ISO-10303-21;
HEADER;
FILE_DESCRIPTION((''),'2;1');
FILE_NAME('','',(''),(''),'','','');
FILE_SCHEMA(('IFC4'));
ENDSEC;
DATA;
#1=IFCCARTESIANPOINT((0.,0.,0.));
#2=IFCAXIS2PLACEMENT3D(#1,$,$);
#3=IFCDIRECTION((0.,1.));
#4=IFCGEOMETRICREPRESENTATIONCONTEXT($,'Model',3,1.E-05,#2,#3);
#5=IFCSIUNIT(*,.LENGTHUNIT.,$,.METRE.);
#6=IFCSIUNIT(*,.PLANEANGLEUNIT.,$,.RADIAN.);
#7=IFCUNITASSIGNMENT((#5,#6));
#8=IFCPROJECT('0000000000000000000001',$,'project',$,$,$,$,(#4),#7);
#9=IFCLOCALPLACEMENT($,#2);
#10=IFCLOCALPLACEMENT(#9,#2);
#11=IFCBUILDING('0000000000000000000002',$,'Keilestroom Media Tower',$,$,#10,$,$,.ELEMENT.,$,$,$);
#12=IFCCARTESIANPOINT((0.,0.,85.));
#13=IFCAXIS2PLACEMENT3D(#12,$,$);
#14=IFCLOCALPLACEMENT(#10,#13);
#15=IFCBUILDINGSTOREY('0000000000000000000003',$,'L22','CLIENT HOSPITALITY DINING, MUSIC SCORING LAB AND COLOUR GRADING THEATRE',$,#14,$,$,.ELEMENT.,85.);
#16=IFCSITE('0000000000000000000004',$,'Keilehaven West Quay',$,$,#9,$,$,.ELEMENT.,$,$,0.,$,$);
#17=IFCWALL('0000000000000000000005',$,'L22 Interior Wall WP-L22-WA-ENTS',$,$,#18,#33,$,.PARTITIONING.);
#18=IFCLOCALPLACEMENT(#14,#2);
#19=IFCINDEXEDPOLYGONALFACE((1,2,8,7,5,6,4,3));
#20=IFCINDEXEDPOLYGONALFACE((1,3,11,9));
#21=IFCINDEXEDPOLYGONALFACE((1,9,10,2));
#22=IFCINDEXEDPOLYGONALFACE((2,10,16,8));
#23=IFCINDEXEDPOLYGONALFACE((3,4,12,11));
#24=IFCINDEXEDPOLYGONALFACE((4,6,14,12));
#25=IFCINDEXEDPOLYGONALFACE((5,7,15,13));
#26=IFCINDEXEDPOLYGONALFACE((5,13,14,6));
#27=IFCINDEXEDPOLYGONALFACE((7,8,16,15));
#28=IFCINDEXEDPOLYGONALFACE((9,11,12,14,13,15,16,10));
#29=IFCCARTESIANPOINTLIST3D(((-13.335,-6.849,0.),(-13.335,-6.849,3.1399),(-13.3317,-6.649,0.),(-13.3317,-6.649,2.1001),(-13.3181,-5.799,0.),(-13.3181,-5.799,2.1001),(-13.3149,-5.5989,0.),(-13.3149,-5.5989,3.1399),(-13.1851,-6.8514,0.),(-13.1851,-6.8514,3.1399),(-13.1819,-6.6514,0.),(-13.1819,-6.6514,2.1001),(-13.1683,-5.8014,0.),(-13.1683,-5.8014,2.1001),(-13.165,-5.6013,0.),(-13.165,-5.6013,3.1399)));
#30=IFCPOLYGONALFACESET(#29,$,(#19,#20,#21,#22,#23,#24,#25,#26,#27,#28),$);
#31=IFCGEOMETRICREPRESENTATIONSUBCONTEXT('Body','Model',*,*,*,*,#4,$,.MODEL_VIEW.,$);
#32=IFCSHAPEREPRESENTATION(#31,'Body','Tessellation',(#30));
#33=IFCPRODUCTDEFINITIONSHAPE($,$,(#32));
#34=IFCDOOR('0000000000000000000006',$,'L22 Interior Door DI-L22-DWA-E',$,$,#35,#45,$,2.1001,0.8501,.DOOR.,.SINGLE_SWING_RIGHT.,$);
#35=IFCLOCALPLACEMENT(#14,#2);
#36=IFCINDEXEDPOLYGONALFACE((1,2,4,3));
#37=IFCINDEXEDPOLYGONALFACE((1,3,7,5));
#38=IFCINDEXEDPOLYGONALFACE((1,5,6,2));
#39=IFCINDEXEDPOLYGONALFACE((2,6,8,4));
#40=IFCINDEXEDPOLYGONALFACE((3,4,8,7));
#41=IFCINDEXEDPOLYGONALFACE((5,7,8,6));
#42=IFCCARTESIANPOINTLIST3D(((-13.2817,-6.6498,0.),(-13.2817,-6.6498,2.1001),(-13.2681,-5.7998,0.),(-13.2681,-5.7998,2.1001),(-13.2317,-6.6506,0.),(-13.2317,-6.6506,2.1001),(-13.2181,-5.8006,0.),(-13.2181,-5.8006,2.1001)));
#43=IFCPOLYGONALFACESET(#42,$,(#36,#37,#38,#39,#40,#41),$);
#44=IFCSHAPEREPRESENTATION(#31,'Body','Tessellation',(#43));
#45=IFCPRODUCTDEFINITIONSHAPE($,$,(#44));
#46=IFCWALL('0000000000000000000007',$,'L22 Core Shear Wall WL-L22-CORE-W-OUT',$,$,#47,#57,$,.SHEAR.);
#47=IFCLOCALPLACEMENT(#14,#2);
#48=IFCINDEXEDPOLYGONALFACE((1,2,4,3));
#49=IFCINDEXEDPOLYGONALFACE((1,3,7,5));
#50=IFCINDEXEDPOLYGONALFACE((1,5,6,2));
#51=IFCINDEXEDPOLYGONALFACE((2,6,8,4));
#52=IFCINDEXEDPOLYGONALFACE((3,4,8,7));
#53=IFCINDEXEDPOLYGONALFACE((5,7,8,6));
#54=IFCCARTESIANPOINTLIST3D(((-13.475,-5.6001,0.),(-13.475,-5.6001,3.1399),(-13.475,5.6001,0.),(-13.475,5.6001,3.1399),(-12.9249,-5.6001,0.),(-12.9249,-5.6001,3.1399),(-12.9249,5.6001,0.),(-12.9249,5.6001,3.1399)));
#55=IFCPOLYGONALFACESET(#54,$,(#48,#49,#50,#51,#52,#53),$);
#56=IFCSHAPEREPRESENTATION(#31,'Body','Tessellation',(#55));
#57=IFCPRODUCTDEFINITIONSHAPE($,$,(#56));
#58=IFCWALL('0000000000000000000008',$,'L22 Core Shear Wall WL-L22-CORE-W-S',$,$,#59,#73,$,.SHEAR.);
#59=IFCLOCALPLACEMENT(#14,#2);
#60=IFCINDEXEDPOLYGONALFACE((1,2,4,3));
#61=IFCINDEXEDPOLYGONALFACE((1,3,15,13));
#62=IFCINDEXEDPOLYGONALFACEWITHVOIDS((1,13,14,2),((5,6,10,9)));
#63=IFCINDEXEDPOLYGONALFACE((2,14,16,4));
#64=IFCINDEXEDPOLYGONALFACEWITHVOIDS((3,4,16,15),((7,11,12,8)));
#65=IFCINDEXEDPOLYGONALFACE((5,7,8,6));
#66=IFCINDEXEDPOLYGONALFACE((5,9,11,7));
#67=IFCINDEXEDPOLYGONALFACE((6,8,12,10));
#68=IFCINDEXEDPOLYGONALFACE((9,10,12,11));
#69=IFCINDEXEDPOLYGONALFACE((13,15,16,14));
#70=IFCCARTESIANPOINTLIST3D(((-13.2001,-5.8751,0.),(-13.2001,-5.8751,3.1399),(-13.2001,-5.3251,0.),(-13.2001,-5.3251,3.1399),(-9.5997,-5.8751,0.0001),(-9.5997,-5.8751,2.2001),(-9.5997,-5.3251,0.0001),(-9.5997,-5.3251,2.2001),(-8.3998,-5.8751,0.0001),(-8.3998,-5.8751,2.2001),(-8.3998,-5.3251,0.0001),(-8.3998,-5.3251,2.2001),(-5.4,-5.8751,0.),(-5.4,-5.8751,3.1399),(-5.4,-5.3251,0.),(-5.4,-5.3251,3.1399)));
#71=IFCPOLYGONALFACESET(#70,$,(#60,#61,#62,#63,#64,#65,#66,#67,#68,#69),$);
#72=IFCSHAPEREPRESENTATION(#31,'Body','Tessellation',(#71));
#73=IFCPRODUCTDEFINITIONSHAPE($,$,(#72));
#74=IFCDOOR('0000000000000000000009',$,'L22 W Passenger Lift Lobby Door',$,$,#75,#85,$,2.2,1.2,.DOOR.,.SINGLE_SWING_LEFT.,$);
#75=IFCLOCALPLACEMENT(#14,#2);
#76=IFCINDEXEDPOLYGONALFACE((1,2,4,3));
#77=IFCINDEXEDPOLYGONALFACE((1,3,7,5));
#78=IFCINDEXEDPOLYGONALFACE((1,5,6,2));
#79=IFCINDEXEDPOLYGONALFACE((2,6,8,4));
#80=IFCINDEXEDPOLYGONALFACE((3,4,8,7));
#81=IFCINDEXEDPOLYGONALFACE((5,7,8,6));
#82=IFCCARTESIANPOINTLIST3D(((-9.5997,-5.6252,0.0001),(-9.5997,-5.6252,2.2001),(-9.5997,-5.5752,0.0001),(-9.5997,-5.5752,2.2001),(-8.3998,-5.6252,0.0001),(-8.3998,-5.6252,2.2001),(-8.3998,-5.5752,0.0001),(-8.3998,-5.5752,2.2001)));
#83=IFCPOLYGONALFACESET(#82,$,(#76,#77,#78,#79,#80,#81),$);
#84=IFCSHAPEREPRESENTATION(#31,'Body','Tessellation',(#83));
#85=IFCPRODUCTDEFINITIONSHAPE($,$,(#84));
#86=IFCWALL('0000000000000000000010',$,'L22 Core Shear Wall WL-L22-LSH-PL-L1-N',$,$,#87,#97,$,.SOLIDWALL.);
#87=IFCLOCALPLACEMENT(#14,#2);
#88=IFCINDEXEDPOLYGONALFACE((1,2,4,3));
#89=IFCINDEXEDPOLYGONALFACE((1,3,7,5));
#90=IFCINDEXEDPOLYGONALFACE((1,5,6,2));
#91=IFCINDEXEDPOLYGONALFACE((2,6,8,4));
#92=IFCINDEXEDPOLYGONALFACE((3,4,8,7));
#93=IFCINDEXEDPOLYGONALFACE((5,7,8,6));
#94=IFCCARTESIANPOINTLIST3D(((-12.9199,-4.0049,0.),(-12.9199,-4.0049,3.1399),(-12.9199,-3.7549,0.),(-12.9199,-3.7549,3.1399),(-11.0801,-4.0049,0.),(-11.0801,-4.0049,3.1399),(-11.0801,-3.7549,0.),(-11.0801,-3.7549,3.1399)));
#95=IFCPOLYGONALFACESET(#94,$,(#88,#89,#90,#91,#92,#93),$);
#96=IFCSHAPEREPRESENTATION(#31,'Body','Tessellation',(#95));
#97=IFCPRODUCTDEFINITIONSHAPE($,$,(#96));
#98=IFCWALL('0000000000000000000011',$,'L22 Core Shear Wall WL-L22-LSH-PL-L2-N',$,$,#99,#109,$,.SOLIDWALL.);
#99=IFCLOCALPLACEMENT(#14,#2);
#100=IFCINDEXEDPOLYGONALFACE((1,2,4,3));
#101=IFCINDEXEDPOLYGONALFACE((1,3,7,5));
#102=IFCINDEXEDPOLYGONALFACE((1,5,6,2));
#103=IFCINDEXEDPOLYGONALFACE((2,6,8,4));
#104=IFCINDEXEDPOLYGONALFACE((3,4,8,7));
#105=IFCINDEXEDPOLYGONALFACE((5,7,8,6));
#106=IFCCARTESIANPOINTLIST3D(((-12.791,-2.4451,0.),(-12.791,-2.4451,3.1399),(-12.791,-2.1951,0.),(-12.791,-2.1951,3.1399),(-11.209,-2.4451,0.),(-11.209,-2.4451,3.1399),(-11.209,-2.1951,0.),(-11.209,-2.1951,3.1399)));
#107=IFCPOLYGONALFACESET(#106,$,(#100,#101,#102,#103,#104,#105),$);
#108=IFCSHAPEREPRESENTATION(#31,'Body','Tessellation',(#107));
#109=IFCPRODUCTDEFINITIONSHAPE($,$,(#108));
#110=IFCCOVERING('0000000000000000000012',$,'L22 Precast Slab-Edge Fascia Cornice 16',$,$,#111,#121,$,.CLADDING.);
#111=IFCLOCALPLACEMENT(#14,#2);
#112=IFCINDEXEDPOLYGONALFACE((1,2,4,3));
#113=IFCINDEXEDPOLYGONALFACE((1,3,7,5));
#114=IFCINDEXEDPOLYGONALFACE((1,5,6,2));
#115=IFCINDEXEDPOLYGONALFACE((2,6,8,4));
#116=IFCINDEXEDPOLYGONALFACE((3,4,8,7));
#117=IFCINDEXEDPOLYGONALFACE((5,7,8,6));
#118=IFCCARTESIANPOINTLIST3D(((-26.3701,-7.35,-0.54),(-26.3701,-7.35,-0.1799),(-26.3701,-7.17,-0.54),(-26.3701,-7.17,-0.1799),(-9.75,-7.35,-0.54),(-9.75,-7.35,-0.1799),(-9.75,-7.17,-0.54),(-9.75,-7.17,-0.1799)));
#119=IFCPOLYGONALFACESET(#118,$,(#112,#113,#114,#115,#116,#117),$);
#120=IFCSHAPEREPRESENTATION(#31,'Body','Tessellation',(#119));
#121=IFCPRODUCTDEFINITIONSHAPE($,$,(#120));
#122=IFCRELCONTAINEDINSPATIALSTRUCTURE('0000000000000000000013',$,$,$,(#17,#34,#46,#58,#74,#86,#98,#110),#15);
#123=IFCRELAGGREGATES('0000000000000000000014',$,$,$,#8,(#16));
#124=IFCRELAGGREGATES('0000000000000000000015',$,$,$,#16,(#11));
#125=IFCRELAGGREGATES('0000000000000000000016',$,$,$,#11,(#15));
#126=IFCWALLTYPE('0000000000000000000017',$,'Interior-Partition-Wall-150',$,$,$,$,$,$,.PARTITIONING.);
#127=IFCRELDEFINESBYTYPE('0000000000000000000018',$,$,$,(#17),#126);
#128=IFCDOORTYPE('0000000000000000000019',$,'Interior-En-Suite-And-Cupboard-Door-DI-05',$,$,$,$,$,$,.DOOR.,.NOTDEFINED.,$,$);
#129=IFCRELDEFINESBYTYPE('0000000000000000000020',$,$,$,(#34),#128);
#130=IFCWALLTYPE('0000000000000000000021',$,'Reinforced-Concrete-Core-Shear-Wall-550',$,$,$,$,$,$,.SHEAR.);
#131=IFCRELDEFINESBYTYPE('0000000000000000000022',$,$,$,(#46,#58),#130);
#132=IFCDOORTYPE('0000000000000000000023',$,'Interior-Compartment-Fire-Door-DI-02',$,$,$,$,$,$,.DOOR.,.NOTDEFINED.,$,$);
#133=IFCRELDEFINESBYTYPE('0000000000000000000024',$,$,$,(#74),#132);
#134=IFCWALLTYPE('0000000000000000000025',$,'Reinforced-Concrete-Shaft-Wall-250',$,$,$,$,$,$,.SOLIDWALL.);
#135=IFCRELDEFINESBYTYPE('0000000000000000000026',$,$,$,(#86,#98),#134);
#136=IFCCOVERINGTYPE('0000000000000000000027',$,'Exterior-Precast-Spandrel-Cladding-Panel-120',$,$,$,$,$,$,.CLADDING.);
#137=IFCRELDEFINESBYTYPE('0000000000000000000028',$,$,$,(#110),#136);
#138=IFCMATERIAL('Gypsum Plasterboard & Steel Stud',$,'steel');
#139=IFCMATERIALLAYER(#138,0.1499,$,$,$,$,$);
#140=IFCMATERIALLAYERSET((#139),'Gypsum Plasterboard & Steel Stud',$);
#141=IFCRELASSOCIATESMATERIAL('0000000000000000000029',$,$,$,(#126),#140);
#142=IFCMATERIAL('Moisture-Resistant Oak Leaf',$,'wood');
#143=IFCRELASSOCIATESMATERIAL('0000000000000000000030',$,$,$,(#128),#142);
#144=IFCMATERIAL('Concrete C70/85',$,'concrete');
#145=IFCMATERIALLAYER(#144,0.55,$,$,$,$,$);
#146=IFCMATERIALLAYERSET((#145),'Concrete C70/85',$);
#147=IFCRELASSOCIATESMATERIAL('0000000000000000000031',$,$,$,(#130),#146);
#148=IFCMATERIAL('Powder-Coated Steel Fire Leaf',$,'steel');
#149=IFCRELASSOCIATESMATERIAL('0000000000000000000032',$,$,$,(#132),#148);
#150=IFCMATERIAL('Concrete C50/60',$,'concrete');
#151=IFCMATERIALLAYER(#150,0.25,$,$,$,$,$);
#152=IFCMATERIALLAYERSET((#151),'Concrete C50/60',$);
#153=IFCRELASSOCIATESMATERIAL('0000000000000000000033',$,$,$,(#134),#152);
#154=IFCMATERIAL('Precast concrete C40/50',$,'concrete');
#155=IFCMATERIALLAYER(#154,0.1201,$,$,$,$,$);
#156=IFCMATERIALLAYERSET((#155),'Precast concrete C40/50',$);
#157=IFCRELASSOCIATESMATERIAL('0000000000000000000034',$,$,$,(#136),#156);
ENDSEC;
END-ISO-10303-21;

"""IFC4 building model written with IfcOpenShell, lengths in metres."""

from ifc_helpers import new_model, si_unit, direction, frame, frame_2d, origin, origin_2d, place, context, subcontext, project, spatial, rectangle, extrude, source, transform, mapped, material, layer, layer_set, type_object, element, fill, save


model = new_model("IFC4")

# Units and contexts
model_context = context("Model", 3, precision=1e-05, world=origin(), true_north=direction((0.0, 1.0)))
body_context = subcontext(model_context, "Body", "Model", "MODEL_VIEW")
ifc_project = project(units=[si_unit("LENGTHUNIT", "METRE"), si_unit("PLANEANGLEUNIT", "RADIAN")], contexts=[model_context])

# Site, building, storey
site_placement = place(None, origin())
site = spatial("IfcSite", under=ifc_project, at=site_placement, Name="Keilehaven West Quay", CompositionType="ELEMENT", RefElevation=0.0)
building_placement = place(site_placement, origin())
building = spatial("IfcBuilding", under=site, at=building_placement, Name="Keilestroom Media Tower", CompositionType="ELEMENT")
storey_placement = place(building_placement, frame((0.0, 0.0, 85.0)))
storey = spatial("IfcBuildingStorey", under=building, at=storey_placement, Name="L22", Description="CLIENT HOSPITALITY DINING, MUSIC SCORING LAB AND COLOUR GRADING THEATRE", CompositionType="ELEMENT", Elevation=85.0)

# Shared definitions
ifc_material_1 = material(Name="Precast concrete C40/50", Category="concrete")

# Wall, opening, door
ifc_material_2 = material(Name="Gypsum Plasterboard & Steel Stud", Category="steel")
ifc_layer_1 = layer(ifc_material_2, 0.1499)
ifc_layer_set_1 = layer_set([ifc_layer_1], Name="Gypsum Plasterboard & Steel Stud")
wall_type_1 = type_object("IfcWallType", Name="Interior-Partition-Wall-150", PredefinedType="PARTITIONING", material=ifc_layer_set_1)
wall_1_placement = place(storey_placement, frame((-13.26, -6.8501, 0.0), z_axis=(0.0, 0.0, 1.0), x_axis=(0.016014, 0.999872, 0.0)))
wall_1 = element("IfcWall", 1, at=wall_1_placement, inside=storey, type_object=wall_type_1, Name="L22 Interior Wall WP-L22-WA-ENTS", PredefinedType="PARTITIONING", context=body_context, shape_type="SweptSolid", body=[
    extrude(rectangle(XDim=1.2502, YDim=0.1499, at=frame_2d((0.625, 0.0))), origin(), (0.0, 0.0, 1.0), 3.1399),
])
opening_1_placement = place(wall_1_placement, frame((0.2, 0.0, 0.0)))
opening_1 = element("IfcOpeningElement", 2, at=opening_1_placement, cuts=wall_1, PredefinedType="OPENING", context=body_context, shape_type="SweptSolid", body=[
    extrude(rectangle(XDim=0.8501, YDim=2.1001, at=frame_2d((0.425, 1.05))), frame((0.0, 0.085, 0.0), z_axis=(0.0, -1.0, 0.0), x_axis=(1.0, 0.0, 0.0)), (0.0, 0.0, 1.0), 0.1699),
])
ifc_material_3 = material(Name="Moisture-Resistant Oak Leaf", Category="wood")
door_type_1 = type_object("IfcDoorType", Name="Interior-En-Suite-And-Cupboard-Door-DI-05", OperationType="NOTDEFINED", PredefinedType="DOOR", material=ifc_material_3)
shared_shape_1 = source(origin(), body_context, "Body", "SweptSolid", [
    extrude(rectangle(XDim=0.8501, YDim=2.1001, at=frame_2d((0.425, 1.05))), frame((0.0, 0.0249, 0.0), z_axis=(0.0, -1.0, 0.0), x_axis=(1.0, 0.0, 0.0)), (0.0, 0.0, 1.0), 0.05),
])
door_1_placement = place(opening_1_placement, origin())
door_1 = element("IfcDoor", 3, at=door_1_placement, inside=storey, type_object=door_type_1, Name="L22 Interior Door DI-L22-DWA-E", OperationType="SINGLE_SWING_RIGHT", OverallHeight=2.1001, OverallWidth=0.8501, PredefinedType="DOOR", context=body_context, shape_type="MappedRepresentation", body=[
    mapped(shared_shape_1, transform((0.0, 0.0, 0.0), x_axis=(1.0, 0.0, 0.0), y_axis=(0.0, 1.0, 0.0), z_axis=(0.0, 0.0, 1.0), scale=1.0)),
])
fill(opening_1, door_1)

# Wall
ifc_material_4 = material(Name="Concrete C70/85", Category="concrete")
ifc_layer_2 = layer(ifc_material_4, 0.55)
ifc_layer_set_2 = layer_set([ifc_layer_2], Name="Concrete C70/85")
wall_type_2 = type_object("IfcWallType", Name="Reinforced-Concrete-Core-Shear-Wall-550", PredefinedType="SHEAR", material=ifc_layer_set_2)
wall_2_placement = place(storey_placement, frame((-13.2, -5.6001, 0.0), z_axis=(0.0, 0.0, 1.0), x_axis=(0.0, 1.0, 0.0)))
element("IfcWall", 4, at=wall_2_placement, inside=storey, type_object=wall_type_2, Name="L22 Core Shear Wall WL-L22-CORE-W-OUT", PredefinedType="SHEAR", context=body_context, shape_type="SweptSolid", body=[
    extrude(rectangle(XDim=11.2002, YDim=0.55, at=frame_2d((5.6001, 0.0))), origin(), (0.0, 0.0, 1.0), 3.1399),
])

# Wall, opening, door
wall_3_placement = place(storey_placement, frame((-13.2, -5.6001, 0.0), z_axis=(0.0, 0.0, 1.0), x_axis=(1.0, 0.0, 0.0)))
wall_3 = element("IfcWall", 5, at=wall_3_placement, inside=storey, type_object=wall_type_2, Name="L22 Core Shear Wall WL-L22-CORE-W-S", PredefinedType="SHEAR", context=body_context, shape_type="SweptSolid", body=[
    extrude(rectangle(XDim=7.8, YDim=0.55, at=frame_2d((3.8999, 0.0))), origin(), (0.0, 0.0, 1.0), 3.1399),
])
opening_2_placement = place(wall_3_placement, frame((3.6001, 0.0, 0.0)))
opening_2 = element("IfcOpeningElement", 6, at=opening_2_placement, cuts=wall_3, PredefinedType="OPENING", context=body_context, shape_type="SweptSolid", body=[
    extrude(rectangle(XDim=1.2, YDim=2.2, at=frame_2d((0.6001, 1.1001))), frame((0.0, 0.2852, 0.0), z_axis=(0.0, -1.0, 0.0), x_axis=(1.0, 0.0, 0.0)), (0.0, 0.0, 1.0), 0.5701),
])
ifc_material_5 = material(Name="Powder-Coated Steel Fire Leaf", Category="steel")
door_type_2 = type_object("IfcDoorType", Name="Interior-Compartment-Fire-Door-DI-02", OperationType="NOTDEFINED", PredefinedType="DOOR", material=ifc_material_5)
shared_shape_2 = source(origin(), body_context, "Body", "SweptSolid", [
    extrude(rectangle(XDim=1.2, YDim=2.2, at=frame_2d((0.6001, 1.1001))), frame((0.0, 0.0249, 0.0), z_axis=(0.0, -1.0, 0.0), x_axis=(1.0, 0.0, 0.0)), (0.0, 0.0, 1.0), 0.05),
])
door_2_placement = place(opening_2_placement, origin())
door_2 = element("IfcDoor", 7, at=door_2_placement, inside=storey, type_object=door_type_2, Name="L22 W Passenger Lift Lobby Door", OperationType="SINGLE_SWING_LEFT", OverallHeight=2.2, OverallWidth=1.2, PredefinedType="DOOR", context=body_context, shape_type="MappedRepresentation", body=[
    mapped(shared_shape_2, transform((0.0, 0.0, 0.0), x_axis=(1.0, 0.0, 0.0), y_axis=(0.0, 1.0, 0.0), z_axis=(0.0, 0.0, 1.0), scale=1.0)),
])
fill(opening_2, door_2)

# Walls
ifc_material_6 = material(Name="Concrete C50/60", Category="concrete")
ifc_layer_3 = layer(ifc_material_6, 0.25)
ifc_layer_set_3 = layer_set([ifc_layer_3], Name="Concrete C50/60")
wall_type_3 = type_object("IfcWallType", Name="Reinforced-Concrete-Shaft-Wall-250", PredefinedType="SOLIDWALL", material=ifc_layer_set_3)
wall_4_placement = place(storey_placement, frame((-12.9199, -3.8799, 0.0), z_axis=(0.0, 0.0, 1.0), x_axis=(1.0, 0.0, 0.0)))
element("IfcWall", 8, at=wall_4_placement, inside=storey, type_object=wall_type_3, Name="L22 Core Shear Wall WL-L22-LSH-PL-L1-N", PredefinedType="SOLIDWALL", context=body_context, shape_type="SweptSolid", body=[
    extrude(rectangle(XDim=1.8398, YDim=0.25, at=frame_2d((0.9199, 0.0))), origin(), (0.0, 0.0, 1.0), 3.1399),
])
wall_5_placement = place(storey_placement, frame((-12.791, -2.3201, 0.0), z_axis=(0.0, 0.0, 1.0), x_axis=(1.0, 0.0, 0.0)))
element("IfcWall", 9, at=wall_5_placement, inside=storey, type_object=wall_type_3, Name="L22 Core Shear Wall WL-L22-LSH-PL-L2-N", PredefinedType="SOLIDWALL", context=body_context, shape_type="SweptSolid", body=[
    extrude(rectangle(XDim=1.582, YDim=0.25, at=frame_2d((0.791, 0.0))), origin(), (0.0, 0.0, 1.0), 3.1399),
])

# Covering
ifc_layer_4 = layer(ifc_material_1, 0.1201)
ifc_layer_set_4 = layer_set([ifc_layer_4], Name="Precast concrete C40/50")
covering_type = type_object("IfcCoveringType", Name="Exterior-Precast-Spandrel-Cladding-Panel-120", PredefinedType="CLADDING", material=ifc_layer_set_4)
shared_shape_3 = source(origin(), body_context, "Body", "SweptSolid", [
    extrude(rectangle(XDim=16.6201, YDim=0.1799, at=origin_2d()), origin(), (0.0, 0.0, 1.0), 0.3601),
])
covering_placement = place(storey_placement, frame((-18.0601, -7.26, -0.54), z_axis=(0.0, 0.0, 1.0), x_axis=(-1.0, 0.0, 0.0)))
element("IfcCovering", 10, at=covering_placement, inside=storey, type_object=covering_type, Name="L22 Precast Slab-Edge Fascia Cornice 16", PredefinedType="CLADDING", context=body_context, shape_type="MappedRepresentation", body=[
    mapped(shared_shape_3, transform((0.0, 0.0, 0.0), x_axis=(1.0, 0.0, 0.0), y_axis=(0.0, 1.0, 0.0), z_axis=(0.0, 0.0, 1.0), scale=1.0)),
])

save(model, "model.ifc")
